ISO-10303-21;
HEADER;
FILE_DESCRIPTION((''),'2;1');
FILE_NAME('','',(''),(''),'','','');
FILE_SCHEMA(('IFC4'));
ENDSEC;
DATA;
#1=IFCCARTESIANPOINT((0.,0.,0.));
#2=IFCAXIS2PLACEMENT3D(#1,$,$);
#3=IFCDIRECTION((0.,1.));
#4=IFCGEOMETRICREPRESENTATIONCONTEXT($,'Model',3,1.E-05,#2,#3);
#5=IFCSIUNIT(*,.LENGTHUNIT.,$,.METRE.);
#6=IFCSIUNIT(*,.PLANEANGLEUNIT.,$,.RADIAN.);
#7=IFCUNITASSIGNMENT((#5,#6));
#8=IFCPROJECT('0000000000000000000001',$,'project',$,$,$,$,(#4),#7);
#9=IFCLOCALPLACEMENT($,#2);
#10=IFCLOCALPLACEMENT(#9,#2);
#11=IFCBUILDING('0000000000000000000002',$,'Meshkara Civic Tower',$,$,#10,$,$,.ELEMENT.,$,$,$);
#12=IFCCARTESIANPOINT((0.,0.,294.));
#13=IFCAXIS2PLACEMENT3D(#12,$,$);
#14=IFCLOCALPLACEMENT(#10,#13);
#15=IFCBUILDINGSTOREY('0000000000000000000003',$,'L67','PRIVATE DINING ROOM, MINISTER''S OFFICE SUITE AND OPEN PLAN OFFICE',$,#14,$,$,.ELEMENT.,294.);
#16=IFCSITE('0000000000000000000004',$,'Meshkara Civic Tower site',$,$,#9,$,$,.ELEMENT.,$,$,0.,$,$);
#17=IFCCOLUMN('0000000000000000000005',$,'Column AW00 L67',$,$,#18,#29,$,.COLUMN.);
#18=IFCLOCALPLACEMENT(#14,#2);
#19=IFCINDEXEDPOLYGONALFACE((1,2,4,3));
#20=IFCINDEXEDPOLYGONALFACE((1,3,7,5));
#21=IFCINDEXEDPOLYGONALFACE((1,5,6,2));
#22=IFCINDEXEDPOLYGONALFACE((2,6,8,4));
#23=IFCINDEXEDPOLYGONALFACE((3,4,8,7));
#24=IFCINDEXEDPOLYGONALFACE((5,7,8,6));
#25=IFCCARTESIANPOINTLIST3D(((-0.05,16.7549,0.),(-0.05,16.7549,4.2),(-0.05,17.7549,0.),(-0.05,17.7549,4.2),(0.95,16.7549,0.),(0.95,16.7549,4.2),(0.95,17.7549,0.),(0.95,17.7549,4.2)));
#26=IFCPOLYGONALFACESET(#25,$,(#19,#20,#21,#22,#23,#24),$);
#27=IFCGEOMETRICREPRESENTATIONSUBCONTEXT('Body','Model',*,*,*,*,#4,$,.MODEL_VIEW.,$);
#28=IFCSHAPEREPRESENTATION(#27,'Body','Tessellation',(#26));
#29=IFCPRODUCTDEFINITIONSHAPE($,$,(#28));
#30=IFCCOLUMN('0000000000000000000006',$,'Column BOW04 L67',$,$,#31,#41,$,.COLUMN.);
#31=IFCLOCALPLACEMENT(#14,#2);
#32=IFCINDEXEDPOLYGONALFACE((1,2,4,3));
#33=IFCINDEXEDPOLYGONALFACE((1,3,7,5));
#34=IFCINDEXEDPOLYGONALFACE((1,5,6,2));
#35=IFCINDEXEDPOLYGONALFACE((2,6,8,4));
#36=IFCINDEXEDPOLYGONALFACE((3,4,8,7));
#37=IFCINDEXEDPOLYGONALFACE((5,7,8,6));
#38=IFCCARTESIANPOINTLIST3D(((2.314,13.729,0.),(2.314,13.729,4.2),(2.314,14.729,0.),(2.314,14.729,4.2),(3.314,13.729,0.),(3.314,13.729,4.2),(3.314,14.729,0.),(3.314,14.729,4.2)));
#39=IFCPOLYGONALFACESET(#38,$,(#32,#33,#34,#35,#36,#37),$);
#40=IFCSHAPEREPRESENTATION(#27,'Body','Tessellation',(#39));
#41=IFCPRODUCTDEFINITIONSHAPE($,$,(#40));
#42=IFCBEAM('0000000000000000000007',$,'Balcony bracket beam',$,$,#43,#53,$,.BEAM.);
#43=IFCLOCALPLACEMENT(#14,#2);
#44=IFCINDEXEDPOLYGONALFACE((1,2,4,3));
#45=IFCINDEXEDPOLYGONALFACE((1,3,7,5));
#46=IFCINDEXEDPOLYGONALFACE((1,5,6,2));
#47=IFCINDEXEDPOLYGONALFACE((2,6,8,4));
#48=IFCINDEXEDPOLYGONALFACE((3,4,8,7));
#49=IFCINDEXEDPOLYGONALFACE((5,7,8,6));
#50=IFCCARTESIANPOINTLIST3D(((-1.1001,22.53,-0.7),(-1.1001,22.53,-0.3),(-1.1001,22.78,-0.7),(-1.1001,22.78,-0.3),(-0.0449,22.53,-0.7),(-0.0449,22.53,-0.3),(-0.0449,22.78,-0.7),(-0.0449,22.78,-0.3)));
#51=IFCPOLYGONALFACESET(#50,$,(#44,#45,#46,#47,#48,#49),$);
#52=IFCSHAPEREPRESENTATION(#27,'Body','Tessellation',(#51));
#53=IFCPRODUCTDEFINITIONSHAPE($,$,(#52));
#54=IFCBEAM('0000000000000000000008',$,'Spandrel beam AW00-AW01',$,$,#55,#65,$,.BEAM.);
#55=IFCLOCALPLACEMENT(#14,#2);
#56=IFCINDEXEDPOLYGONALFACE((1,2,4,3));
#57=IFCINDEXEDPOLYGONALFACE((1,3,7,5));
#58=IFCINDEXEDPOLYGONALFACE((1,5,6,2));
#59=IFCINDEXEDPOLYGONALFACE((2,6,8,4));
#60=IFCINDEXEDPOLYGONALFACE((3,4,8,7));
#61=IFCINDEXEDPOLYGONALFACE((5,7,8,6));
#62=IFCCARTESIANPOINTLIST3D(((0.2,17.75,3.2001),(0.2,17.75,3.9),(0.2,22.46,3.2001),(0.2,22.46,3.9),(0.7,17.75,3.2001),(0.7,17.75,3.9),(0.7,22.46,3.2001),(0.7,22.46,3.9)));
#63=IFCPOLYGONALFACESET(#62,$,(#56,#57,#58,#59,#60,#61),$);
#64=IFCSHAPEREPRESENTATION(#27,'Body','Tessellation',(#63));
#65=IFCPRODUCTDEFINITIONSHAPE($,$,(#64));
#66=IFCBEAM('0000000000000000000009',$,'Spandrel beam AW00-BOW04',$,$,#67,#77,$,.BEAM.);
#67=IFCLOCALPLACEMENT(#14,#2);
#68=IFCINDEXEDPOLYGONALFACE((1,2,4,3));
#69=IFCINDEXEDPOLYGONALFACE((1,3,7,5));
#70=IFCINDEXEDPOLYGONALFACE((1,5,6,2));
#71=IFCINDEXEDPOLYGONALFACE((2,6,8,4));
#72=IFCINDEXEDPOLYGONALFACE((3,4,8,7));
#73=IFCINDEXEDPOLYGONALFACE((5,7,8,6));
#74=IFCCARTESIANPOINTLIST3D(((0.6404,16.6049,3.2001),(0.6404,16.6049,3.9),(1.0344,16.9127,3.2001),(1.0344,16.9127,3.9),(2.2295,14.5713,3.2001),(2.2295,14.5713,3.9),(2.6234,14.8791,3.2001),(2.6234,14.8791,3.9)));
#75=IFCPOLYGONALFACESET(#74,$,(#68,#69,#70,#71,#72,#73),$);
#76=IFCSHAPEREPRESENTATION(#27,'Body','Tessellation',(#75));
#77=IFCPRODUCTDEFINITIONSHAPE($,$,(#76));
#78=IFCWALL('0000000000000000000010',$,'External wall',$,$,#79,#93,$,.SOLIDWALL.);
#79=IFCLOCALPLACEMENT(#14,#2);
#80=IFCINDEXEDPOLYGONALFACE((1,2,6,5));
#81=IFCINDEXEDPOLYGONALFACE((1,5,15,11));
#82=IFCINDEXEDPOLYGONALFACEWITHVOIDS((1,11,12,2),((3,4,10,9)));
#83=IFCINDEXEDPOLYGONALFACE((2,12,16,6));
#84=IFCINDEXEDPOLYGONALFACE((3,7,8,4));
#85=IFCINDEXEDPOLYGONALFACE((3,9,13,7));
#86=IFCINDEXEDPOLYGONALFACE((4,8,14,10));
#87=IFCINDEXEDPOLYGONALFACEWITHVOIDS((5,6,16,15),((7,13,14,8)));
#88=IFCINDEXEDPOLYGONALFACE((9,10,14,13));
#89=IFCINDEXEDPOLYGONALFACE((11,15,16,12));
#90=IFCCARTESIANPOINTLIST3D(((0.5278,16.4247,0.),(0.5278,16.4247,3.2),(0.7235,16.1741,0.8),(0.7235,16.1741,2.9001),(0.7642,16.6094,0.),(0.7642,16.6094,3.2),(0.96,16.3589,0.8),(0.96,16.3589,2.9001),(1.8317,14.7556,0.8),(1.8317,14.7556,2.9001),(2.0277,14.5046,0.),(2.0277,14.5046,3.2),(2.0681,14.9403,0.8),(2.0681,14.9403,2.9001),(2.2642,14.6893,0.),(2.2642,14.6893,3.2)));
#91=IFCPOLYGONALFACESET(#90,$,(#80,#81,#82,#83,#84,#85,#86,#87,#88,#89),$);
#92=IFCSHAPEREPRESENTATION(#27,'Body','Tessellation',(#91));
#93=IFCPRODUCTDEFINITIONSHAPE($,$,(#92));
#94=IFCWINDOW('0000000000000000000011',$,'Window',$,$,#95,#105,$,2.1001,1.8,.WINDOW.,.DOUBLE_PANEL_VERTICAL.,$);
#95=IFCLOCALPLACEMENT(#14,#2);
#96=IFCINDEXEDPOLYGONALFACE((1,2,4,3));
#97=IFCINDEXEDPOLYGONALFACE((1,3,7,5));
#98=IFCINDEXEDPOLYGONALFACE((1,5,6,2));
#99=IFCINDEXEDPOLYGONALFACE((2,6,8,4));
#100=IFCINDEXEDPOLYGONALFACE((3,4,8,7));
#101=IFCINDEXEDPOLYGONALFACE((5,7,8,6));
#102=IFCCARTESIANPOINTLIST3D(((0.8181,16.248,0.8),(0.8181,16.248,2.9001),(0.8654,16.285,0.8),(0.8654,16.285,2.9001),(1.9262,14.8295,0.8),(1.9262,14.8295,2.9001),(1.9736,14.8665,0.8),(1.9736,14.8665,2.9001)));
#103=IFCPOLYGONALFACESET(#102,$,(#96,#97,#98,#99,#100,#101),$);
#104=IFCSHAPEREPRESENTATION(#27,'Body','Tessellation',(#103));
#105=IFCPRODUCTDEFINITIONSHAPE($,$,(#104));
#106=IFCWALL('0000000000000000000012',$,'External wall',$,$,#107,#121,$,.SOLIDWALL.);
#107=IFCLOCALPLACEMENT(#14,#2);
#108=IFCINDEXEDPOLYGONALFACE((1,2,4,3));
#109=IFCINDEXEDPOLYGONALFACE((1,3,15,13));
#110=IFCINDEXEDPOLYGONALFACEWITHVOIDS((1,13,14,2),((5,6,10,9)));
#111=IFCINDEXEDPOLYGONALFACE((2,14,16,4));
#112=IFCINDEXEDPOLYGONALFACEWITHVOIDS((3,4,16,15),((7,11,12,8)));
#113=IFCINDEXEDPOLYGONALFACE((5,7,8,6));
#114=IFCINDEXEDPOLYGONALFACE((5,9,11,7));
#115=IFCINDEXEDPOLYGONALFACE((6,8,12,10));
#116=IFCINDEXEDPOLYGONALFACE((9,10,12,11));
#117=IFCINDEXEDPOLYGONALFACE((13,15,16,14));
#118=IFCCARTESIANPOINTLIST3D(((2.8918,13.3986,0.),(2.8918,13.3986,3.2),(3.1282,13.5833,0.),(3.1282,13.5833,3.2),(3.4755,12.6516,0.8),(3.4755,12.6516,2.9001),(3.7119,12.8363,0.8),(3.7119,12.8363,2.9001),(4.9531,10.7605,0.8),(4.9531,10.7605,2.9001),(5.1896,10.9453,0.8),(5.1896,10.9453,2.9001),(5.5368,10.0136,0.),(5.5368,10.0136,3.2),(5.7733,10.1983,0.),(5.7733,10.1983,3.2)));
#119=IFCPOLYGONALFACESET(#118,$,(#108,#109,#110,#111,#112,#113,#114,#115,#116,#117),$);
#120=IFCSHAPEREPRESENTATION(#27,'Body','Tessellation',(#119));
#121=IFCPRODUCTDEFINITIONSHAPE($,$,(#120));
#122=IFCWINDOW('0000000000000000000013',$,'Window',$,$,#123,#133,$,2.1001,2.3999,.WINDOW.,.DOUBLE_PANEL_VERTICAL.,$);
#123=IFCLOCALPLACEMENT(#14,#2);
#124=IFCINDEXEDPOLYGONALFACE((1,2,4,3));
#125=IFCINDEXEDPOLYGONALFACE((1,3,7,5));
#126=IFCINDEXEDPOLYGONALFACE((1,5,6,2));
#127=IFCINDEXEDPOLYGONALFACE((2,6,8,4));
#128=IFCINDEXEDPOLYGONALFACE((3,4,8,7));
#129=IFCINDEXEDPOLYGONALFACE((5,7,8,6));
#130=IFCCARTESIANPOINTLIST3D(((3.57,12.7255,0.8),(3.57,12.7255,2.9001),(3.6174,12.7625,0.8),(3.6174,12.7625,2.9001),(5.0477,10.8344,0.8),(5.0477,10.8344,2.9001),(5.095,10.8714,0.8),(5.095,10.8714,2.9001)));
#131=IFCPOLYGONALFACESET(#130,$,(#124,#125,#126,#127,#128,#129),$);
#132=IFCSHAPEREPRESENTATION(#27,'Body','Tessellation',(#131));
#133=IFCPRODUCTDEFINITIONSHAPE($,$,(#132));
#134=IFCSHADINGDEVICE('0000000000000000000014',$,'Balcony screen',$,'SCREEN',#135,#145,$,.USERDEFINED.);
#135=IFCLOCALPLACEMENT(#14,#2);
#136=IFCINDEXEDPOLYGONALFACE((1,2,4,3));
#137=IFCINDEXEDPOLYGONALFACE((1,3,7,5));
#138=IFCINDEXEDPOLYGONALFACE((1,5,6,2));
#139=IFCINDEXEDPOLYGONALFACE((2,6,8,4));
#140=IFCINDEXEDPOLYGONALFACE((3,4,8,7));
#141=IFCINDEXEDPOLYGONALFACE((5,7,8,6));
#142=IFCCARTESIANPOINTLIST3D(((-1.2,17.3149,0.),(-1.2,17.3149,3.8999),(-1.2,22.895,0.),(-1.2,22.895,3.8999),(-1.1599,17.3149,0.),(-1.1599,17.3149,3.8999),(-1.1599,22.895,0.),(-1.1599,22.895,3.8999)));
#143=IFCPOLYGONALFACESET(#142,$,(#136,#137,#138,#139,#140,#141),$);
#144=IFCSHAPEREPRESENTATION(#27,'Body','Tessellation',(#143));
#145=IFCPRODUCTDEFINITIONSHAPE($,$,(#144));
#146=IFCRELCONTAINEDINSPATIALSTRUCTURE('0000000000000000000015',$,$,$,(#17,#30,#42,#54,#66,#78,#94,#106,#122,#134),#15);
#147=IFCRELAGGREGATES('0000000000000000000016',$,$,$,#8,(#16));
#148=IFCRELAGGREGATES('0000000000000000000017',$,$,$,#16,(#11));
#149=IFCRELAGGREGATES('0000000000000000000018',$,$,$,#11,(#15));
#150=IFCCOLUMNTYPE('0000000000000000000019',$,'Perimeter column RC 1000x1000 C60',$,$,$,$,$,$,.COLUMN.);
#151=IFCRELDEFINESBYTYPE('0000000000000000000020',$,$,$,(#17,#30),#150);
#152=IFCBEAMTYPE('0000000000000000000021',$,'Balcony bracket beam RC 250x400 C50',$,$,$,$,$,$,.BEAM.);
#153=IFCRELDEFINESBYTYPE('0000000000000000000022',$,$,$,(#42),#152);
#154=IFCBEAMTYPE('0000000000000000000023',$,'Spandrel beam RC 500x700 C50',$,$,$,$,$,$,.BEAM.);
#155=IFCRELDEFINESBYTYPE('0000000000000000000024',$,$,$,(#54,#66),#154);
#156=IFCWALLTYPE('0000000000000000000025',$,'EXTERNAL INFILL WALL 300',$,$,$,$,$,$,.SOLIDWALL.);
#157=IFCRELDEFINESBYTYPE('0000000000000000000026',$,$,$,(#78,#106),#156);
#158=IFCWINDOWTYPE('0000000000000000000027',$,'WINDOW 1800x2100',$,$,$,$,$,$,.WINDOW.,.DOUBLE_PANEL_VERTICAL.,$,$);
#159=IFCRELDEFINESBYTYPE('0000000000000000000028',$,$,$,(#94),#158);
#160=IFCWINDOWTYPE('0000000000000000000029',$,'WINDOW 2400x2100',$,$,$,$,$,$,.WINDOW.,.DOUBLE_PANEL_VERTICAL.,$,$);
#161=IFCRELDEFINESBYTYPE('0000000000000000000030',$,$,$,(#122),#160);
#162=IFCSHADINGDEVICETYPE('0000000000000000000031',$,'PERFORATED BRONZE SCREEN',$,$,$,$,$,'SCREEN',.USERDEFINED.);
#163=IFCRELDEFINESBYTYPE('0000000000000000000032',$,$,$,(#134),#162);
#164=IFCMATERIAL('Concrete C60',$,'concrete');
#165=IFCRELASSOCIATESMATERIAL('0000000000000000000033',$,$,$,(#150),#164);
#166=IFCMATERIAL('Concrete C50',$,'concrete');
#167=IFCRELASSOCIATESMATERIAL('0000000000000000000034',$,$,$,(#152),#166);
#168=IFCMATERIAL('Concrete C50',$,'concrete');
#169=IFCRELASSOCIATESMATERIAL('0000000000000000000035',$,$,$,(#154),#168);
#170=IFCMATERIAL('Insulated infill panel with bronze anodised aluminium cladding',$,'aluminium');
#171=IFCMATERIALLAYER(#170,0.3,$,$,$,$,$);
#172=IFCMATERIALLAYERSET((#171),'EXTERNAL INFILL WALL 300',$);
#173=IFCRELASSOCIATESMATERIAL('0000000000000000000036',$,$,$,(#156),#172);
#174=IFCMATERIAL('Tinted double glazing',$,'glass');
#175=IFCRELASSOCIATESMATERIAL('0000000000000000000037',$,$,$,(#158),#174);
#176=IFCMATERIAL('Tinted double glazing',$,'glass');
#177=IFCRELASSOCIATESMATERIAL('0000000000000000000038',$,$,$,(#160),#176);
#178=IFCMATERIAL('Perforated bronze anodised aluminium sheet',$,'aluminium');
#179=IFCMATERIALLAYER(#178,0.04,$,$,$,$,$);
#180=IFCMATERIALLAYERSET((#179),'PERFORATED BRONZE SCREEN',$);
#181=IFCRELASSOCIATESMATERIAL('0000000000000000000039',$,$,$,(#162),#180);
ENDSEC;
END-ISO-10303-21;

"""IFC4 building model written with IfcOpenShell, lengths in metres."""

from ifc_helpers import new_model, si_unit, direction, frame, frame_2d, origin, origin_2d, place, context, subcontext, project, spatial, rectangle, extrude, material, layer, layer_set, material_profile, profile_set, type_object, element, fill, save


model = new_model("IFC4")

# Units and contexts
model_context = context("Model", 3, precision=1e-05, world=origin(), true_north=direction((0.0, 1.0)))
body_context = subcontext(model_context, "Body", "Model", "MODEL_VIEW")
ifc_project = project(units=[si_unit("LENGTHUNIT", "METRE"), si_unit("PLANEANGLEUNIT", "RADIAN")], contexts=[model_context])

# Site, building, storey
site_placement = place(None, origin())
site = spatial("IfcSite", under=ifc_project, at=site_placement, Name="Meshkara Civic Tower site", CompositionType="ELEMENT", RefElevation=0.0)
building_placement = place(site_placement, origin())
building = spatial("IfcBuilding", under=site, at=building_placement, Name="Meshkara Civic Tower", CompositionType="ELEMENT")
storey_placement = place(building_placement, frame((0.0, 0.0, 294.0)))
storey = spatial("IfcBuildingStorey", under=building, at=storey_placement, Name="L67", Description="PRIVATE DINING ROOM, MINISTER'S OFFICE SUITE AND OPEN PLAN OFFICE", CompositionType="ELEMENT", Elevation=294.0)

# Columns
ifc_material_1 = material(Name="Concrete C60", Category="concrete")
ifc_material_profile_1 = material_profile(ifc_material_1, rectangle(XDim=1.0, YDim=1.0, at=origin_2d()))
ifc_profile_set_1 = profile_set([ifc_material_profile_1], Name="Concrete C60")
column_type = type_object("IfcColumnType", Name="Perimeter column RC 1000x1000 C60", PredefinedType="COLUMN", material=ifc_profile_set_1)
for number, where, z_axis, x_axis, name in (
    (1, (0.45, 17.2549, 0.0), (0.0, 0.0, 1.0), (1.0, 0.0, 0.0), "Column AW00 L67"),
    (2, (2.814, 14.229, 0.0), (0.0, 0.0, 1.0), (1.0, 0.0, 0.0), "Column BOW04 L67"),
):
    element("IfcColumn", number, at=place(storey_placement, frame(where, z_axis=z_axis, x_axis=x_axis)), inside=storey, type_object=column_type, Name=name, PredefinedType="COLUMN", context=body_context, shape_type="SweptSolid", body=[
        extrude(rectangle(XDim=1.0, YDim=1.0, at=origin_2d()), origin(), (0.0, 0.0, 1.0), 4.2),
    ])

# Beams
ifc_material_2 = material(Name="Concrete C50", Category="concrete")
ifc_material_profile_2 = material_profile(ifc_material_2, rectangle(XDim=0.25, YDim=0.3999, at=origin_2d()))
ifc_profile_set_2 = profile_set([ifc_material_profile_2], Name="Concrete C50")
beam_type_1 = type_object("IfcBeamType", Name="Balcony bracket beam RC 250x400 C50", PredefinedType="BEAM", material=ifc_profile_set_2)
beam_1_placement = place(storey_placement, frame((-0.0449, 22.655, -0.5), z_axis=(-1.0, 0.0, 0.0), x_axis=(0.0, -1.0, 0.0)))
element("IfcBeam", 3, at=beam_1_placement, inside=storey, type_object=beam_type_1, Name="Balcony bracket beam", PredefinedType="BEAM", context=body_context, shape_type="SweptSolid", body=[
    extrude(rectangle(XDim=0.25, YDim=0.3999, at=origin_2d()), origin(), (0.0, 0.0, 1.0), 1.0552),
])
ifc_material_3 = material(Name="Concrete C50", Category="concrete")
ifc_material_profile_3 = material_profile(ifc_material_3, rectangle(XDim=0.5, YDim=0.7, at=origin_2d()))
ifc_profile_set_3 = profile_set([ifc_material_profile_3], Name="Concrete C50")
beam_type_2 = type_object("IfcBeamType", Name="Spandrel beam RC 500x700 C50", PredefinedType="BEAM", material=ifc_profile_set_3)
beam_2_placement = place(storey_placement, frame((0.45, 22.46, 3.55), z_axis=(0.0, -1.0, 0.0), x_axis=(1.0, 0.0, 0.0)))
element("IfcBeam", 4, at=beam_2_placement, inside=storey, type_object=beam_type_2, Name="Spandrel beam AW00-AW01", PredefinedType="BEAM", context=body_context, shape_type="SweptSolid", body=[
    extrude(rectangle(XDim=0.5, YDim=0.7, at=origin_2d()), origin(), (0.0, 0.0, 1.0), 4.71),
])
beam_3_placement = place(storey_placement, frame((0.8374, 16.7588, 3.55), z_axis=(0.615714, -0.78797, 0.0), x_axis=(0.78797, 0.615714, 0.0)))
element("IfcBeam", 5, at=beam_3_placement, inside=storey, type_object=beam_type_2, Name="Spandrel beam AW00-BOW04", PredefinedType="BEAM", context=body_context, shape_type="SweptSolid", body=[
    extrude(rectangle(XDim=0.5, YDim=0.7, at=origin_2d()), origin(), (0.0, 0.0, 1.0), 2.5808),
])

# Walls, openings, windows
ifc_material_4 = material(Name="Insulated infill panel with bronze anodised aluminium cladding", Category="aluminium")
ifc_layer_1 = layer(ifc_material_4, 0.3)
ifc_layer_set_1 = layer_set([ifc_layer_1], Name="EXTERNAL INFILL WALL 300")
wall_type_1 = type_object("IfcWallType", Name="EXTERNAL INFILL WALL 300", PredefinedType="SOLIDWALL", material=ifc_layer_set_1)
wall_1_placement = place(storey_placement, frame((0.646, 16.5171, 0.0), z_axis=(0.0, 0.0, 1.0), x_axis=(0.615611, -0.78805, 0.0)))
wall_1 = element("IfcWall", 6, at=wall_1_placement, inside=storey, type_object=wall_type_1, Name="External wall", PredefinedType="SOLIDWALL", context=body_context, shape_type="SweptSolid", body=[
    extrude(rectangle(XDim=2.4365, YDim=0.3, at=frame_2d((1.2183, 0.0))), origin(), (0.0, 0.0, 1.0), 3.2),
])
opening_1_placement = place(wall_1_placement, frame((0.3181, 0.0, 0.8)))
opening_1 = element("IfcOpeningElement", 7, at=opening_1_placement, cuts=wall_1, PredefinedType="OPENING", context=body_context, shape_type="SweptSolid", body=[
    extrude(rectangle(XDim=1.8, YDim=2.1001, at=frame_2d((0.8999, 1.05))), frame((0.0, 0.1599, 0.0), z_axis=(0.0, -1.0, 0.0), x_axis=(1.0, 0.0, 0.0)), (0.0, 0.0, 1.0), 0.3201),
])
ifc_material_5 = material(Name="Tinted double glazing", Category="glass")
window_type_1 = type_object("IfcWindowType", Name="WINDOW 1800x2100", PartitioningType="DOUBLE_PANEL_VERTICAL", PredefinedType="WINDOW", material=ifc_material_5)
window_1_placement = place(opening_1_placement, origin())
window_1 = element("IfcWindow", 8, at=window_1_placement, inside=storey, type_object=window_type_1, Name="Window", OverallHeight=2.1001, OverallWidth=1.8, PartitioningType="DOUBLE_PANEL_VERTICAL", PredefinedType="WINDOW", context=body_context, shape_type="SweptSolid", body=[
    extrude(rectangle(XDim=1.8, YDim=2.1001, at=frame_2d((0.8999, 1.05))), frame((0.0, 0.03, 0.0), z_axis=(0.0, -1.0, 0.0), x_axis=(1.0, 0.0, 0.0)), (0.0, 0.0, 1.0), 0.0601),
])
fill(opening_1, window_1)
wall_2_placement = place(storey_placement, frame((3.01, 13.491, 0.0), z_axis=(0.0, 0.0, 1.0), x_axis=(0.615714, -0.78797, 0.0)))
wall_2 = element("IfcWall", 9, at=wall_2_placement, inside=storey, type_object=wall_type_1, Name="External wall", PredefinedType="SOLIDWALL", context=body_context, shape_type="SweptSolid", body=[
    extrude(rectangle(XDim=4.2959, YDim=0.3, at=frame_2d((2.1479, 0.0))), origin(), (0.0, 0.0, 1.0), 3.2),
])
opening_2_placement = place(wall_2_placement, frame((0.948, 0.0, 0.8)))
opening_2 = element("IfcOpeningElement", 10, at=opening_2_placement, cuts=wall_2, PredefinedType="OPENING", context=body_context, shape_type="SweptSolid", body=[
    extrude(rectangle(XDim=2.3999, YDim=2.1001, at=frame_2d((1.2, 1.05))), frame((0.0, 0.1599, 0.0), z_axis=(0.0, -1.0, 0.0), x_axis=(1.0, 0.0, 0.0)), (0.0, 0.0, 1.0), 0.3201),
])
ifc_material_6 = material(Name="Tinted double glazing", Category="glass")
window_type_2 = type_object("IfcWindowType", Name="WINDOW 2400x2100", PartitioningType="DOUBLE_PANEL_VERTICAL", PredefinedType="WINDOW", material=ifc_material_6)
window_2_placement = place(opening_2_placement, origin())
window_2 = element("IfcWindow", 11, at=window_2_placement, inside=storey, type_object=window_type_2, Name="Window", OverallHeight=2.1001, OverallWidth=2.3999, PartitioningType="DOUBLE_PANEL_VERTICAL", PredefinedType="WINDOW", context=body_context, shape_type="SweptSolid", body=[
    extrude(rectangle(XDim=2.3999, YDim=2.1001, at=frame_2d((1.2, 1.05))), frame((0.0, 0.03, 0.0), z_axis=(0.0, -1.0, 0.0), x_axis=(1.0, 0.0, 0.0)), (0.0, 0.0, 1.0), 0.0601),
])
fill(opening_2, window_2)

# Shading device
ifc_material_7 = material(Name="Perforated bronze anodised aluminium sheet", Category="aluminium")
ifc_layer_2 = layer(ifc_material_7, 0.04)
ifc_layer_set_2 = layer_set([ifc_layer_2], Name="PERFORATED BRONZE SCREEN")
shading_device_type = type_object("IfcShadingDeviceType", Name="PERFORATED BRONZE SCREEN", ElementType="SCREEN", PredefinedType="USERDEFINED", material=ifc_layer_set_2)
shading_device_placement = place(storey_placement, frame((-1.1799, 20.105, 0.0), z_axis=(0.0, 0.0, 1.0), x_axis=(0.0, -1.0, 0.0)))
element("IfcShadingDevice", 12, at=shading_device_placement, inside=storey, type_object=shading_device_type, Name="Balcony screen", ObjectType="SCREEN", PredefinedType="USERDEFINED", context=body_context, shape_type="SweptSolid", body=[
    extrude(rectangle(XDim=5.5801, YDim=0.04, at=origin_2d()), origin(), (0.0, 0.0, 1.0), 3.8999),
])

save(model, "model.ifc")
